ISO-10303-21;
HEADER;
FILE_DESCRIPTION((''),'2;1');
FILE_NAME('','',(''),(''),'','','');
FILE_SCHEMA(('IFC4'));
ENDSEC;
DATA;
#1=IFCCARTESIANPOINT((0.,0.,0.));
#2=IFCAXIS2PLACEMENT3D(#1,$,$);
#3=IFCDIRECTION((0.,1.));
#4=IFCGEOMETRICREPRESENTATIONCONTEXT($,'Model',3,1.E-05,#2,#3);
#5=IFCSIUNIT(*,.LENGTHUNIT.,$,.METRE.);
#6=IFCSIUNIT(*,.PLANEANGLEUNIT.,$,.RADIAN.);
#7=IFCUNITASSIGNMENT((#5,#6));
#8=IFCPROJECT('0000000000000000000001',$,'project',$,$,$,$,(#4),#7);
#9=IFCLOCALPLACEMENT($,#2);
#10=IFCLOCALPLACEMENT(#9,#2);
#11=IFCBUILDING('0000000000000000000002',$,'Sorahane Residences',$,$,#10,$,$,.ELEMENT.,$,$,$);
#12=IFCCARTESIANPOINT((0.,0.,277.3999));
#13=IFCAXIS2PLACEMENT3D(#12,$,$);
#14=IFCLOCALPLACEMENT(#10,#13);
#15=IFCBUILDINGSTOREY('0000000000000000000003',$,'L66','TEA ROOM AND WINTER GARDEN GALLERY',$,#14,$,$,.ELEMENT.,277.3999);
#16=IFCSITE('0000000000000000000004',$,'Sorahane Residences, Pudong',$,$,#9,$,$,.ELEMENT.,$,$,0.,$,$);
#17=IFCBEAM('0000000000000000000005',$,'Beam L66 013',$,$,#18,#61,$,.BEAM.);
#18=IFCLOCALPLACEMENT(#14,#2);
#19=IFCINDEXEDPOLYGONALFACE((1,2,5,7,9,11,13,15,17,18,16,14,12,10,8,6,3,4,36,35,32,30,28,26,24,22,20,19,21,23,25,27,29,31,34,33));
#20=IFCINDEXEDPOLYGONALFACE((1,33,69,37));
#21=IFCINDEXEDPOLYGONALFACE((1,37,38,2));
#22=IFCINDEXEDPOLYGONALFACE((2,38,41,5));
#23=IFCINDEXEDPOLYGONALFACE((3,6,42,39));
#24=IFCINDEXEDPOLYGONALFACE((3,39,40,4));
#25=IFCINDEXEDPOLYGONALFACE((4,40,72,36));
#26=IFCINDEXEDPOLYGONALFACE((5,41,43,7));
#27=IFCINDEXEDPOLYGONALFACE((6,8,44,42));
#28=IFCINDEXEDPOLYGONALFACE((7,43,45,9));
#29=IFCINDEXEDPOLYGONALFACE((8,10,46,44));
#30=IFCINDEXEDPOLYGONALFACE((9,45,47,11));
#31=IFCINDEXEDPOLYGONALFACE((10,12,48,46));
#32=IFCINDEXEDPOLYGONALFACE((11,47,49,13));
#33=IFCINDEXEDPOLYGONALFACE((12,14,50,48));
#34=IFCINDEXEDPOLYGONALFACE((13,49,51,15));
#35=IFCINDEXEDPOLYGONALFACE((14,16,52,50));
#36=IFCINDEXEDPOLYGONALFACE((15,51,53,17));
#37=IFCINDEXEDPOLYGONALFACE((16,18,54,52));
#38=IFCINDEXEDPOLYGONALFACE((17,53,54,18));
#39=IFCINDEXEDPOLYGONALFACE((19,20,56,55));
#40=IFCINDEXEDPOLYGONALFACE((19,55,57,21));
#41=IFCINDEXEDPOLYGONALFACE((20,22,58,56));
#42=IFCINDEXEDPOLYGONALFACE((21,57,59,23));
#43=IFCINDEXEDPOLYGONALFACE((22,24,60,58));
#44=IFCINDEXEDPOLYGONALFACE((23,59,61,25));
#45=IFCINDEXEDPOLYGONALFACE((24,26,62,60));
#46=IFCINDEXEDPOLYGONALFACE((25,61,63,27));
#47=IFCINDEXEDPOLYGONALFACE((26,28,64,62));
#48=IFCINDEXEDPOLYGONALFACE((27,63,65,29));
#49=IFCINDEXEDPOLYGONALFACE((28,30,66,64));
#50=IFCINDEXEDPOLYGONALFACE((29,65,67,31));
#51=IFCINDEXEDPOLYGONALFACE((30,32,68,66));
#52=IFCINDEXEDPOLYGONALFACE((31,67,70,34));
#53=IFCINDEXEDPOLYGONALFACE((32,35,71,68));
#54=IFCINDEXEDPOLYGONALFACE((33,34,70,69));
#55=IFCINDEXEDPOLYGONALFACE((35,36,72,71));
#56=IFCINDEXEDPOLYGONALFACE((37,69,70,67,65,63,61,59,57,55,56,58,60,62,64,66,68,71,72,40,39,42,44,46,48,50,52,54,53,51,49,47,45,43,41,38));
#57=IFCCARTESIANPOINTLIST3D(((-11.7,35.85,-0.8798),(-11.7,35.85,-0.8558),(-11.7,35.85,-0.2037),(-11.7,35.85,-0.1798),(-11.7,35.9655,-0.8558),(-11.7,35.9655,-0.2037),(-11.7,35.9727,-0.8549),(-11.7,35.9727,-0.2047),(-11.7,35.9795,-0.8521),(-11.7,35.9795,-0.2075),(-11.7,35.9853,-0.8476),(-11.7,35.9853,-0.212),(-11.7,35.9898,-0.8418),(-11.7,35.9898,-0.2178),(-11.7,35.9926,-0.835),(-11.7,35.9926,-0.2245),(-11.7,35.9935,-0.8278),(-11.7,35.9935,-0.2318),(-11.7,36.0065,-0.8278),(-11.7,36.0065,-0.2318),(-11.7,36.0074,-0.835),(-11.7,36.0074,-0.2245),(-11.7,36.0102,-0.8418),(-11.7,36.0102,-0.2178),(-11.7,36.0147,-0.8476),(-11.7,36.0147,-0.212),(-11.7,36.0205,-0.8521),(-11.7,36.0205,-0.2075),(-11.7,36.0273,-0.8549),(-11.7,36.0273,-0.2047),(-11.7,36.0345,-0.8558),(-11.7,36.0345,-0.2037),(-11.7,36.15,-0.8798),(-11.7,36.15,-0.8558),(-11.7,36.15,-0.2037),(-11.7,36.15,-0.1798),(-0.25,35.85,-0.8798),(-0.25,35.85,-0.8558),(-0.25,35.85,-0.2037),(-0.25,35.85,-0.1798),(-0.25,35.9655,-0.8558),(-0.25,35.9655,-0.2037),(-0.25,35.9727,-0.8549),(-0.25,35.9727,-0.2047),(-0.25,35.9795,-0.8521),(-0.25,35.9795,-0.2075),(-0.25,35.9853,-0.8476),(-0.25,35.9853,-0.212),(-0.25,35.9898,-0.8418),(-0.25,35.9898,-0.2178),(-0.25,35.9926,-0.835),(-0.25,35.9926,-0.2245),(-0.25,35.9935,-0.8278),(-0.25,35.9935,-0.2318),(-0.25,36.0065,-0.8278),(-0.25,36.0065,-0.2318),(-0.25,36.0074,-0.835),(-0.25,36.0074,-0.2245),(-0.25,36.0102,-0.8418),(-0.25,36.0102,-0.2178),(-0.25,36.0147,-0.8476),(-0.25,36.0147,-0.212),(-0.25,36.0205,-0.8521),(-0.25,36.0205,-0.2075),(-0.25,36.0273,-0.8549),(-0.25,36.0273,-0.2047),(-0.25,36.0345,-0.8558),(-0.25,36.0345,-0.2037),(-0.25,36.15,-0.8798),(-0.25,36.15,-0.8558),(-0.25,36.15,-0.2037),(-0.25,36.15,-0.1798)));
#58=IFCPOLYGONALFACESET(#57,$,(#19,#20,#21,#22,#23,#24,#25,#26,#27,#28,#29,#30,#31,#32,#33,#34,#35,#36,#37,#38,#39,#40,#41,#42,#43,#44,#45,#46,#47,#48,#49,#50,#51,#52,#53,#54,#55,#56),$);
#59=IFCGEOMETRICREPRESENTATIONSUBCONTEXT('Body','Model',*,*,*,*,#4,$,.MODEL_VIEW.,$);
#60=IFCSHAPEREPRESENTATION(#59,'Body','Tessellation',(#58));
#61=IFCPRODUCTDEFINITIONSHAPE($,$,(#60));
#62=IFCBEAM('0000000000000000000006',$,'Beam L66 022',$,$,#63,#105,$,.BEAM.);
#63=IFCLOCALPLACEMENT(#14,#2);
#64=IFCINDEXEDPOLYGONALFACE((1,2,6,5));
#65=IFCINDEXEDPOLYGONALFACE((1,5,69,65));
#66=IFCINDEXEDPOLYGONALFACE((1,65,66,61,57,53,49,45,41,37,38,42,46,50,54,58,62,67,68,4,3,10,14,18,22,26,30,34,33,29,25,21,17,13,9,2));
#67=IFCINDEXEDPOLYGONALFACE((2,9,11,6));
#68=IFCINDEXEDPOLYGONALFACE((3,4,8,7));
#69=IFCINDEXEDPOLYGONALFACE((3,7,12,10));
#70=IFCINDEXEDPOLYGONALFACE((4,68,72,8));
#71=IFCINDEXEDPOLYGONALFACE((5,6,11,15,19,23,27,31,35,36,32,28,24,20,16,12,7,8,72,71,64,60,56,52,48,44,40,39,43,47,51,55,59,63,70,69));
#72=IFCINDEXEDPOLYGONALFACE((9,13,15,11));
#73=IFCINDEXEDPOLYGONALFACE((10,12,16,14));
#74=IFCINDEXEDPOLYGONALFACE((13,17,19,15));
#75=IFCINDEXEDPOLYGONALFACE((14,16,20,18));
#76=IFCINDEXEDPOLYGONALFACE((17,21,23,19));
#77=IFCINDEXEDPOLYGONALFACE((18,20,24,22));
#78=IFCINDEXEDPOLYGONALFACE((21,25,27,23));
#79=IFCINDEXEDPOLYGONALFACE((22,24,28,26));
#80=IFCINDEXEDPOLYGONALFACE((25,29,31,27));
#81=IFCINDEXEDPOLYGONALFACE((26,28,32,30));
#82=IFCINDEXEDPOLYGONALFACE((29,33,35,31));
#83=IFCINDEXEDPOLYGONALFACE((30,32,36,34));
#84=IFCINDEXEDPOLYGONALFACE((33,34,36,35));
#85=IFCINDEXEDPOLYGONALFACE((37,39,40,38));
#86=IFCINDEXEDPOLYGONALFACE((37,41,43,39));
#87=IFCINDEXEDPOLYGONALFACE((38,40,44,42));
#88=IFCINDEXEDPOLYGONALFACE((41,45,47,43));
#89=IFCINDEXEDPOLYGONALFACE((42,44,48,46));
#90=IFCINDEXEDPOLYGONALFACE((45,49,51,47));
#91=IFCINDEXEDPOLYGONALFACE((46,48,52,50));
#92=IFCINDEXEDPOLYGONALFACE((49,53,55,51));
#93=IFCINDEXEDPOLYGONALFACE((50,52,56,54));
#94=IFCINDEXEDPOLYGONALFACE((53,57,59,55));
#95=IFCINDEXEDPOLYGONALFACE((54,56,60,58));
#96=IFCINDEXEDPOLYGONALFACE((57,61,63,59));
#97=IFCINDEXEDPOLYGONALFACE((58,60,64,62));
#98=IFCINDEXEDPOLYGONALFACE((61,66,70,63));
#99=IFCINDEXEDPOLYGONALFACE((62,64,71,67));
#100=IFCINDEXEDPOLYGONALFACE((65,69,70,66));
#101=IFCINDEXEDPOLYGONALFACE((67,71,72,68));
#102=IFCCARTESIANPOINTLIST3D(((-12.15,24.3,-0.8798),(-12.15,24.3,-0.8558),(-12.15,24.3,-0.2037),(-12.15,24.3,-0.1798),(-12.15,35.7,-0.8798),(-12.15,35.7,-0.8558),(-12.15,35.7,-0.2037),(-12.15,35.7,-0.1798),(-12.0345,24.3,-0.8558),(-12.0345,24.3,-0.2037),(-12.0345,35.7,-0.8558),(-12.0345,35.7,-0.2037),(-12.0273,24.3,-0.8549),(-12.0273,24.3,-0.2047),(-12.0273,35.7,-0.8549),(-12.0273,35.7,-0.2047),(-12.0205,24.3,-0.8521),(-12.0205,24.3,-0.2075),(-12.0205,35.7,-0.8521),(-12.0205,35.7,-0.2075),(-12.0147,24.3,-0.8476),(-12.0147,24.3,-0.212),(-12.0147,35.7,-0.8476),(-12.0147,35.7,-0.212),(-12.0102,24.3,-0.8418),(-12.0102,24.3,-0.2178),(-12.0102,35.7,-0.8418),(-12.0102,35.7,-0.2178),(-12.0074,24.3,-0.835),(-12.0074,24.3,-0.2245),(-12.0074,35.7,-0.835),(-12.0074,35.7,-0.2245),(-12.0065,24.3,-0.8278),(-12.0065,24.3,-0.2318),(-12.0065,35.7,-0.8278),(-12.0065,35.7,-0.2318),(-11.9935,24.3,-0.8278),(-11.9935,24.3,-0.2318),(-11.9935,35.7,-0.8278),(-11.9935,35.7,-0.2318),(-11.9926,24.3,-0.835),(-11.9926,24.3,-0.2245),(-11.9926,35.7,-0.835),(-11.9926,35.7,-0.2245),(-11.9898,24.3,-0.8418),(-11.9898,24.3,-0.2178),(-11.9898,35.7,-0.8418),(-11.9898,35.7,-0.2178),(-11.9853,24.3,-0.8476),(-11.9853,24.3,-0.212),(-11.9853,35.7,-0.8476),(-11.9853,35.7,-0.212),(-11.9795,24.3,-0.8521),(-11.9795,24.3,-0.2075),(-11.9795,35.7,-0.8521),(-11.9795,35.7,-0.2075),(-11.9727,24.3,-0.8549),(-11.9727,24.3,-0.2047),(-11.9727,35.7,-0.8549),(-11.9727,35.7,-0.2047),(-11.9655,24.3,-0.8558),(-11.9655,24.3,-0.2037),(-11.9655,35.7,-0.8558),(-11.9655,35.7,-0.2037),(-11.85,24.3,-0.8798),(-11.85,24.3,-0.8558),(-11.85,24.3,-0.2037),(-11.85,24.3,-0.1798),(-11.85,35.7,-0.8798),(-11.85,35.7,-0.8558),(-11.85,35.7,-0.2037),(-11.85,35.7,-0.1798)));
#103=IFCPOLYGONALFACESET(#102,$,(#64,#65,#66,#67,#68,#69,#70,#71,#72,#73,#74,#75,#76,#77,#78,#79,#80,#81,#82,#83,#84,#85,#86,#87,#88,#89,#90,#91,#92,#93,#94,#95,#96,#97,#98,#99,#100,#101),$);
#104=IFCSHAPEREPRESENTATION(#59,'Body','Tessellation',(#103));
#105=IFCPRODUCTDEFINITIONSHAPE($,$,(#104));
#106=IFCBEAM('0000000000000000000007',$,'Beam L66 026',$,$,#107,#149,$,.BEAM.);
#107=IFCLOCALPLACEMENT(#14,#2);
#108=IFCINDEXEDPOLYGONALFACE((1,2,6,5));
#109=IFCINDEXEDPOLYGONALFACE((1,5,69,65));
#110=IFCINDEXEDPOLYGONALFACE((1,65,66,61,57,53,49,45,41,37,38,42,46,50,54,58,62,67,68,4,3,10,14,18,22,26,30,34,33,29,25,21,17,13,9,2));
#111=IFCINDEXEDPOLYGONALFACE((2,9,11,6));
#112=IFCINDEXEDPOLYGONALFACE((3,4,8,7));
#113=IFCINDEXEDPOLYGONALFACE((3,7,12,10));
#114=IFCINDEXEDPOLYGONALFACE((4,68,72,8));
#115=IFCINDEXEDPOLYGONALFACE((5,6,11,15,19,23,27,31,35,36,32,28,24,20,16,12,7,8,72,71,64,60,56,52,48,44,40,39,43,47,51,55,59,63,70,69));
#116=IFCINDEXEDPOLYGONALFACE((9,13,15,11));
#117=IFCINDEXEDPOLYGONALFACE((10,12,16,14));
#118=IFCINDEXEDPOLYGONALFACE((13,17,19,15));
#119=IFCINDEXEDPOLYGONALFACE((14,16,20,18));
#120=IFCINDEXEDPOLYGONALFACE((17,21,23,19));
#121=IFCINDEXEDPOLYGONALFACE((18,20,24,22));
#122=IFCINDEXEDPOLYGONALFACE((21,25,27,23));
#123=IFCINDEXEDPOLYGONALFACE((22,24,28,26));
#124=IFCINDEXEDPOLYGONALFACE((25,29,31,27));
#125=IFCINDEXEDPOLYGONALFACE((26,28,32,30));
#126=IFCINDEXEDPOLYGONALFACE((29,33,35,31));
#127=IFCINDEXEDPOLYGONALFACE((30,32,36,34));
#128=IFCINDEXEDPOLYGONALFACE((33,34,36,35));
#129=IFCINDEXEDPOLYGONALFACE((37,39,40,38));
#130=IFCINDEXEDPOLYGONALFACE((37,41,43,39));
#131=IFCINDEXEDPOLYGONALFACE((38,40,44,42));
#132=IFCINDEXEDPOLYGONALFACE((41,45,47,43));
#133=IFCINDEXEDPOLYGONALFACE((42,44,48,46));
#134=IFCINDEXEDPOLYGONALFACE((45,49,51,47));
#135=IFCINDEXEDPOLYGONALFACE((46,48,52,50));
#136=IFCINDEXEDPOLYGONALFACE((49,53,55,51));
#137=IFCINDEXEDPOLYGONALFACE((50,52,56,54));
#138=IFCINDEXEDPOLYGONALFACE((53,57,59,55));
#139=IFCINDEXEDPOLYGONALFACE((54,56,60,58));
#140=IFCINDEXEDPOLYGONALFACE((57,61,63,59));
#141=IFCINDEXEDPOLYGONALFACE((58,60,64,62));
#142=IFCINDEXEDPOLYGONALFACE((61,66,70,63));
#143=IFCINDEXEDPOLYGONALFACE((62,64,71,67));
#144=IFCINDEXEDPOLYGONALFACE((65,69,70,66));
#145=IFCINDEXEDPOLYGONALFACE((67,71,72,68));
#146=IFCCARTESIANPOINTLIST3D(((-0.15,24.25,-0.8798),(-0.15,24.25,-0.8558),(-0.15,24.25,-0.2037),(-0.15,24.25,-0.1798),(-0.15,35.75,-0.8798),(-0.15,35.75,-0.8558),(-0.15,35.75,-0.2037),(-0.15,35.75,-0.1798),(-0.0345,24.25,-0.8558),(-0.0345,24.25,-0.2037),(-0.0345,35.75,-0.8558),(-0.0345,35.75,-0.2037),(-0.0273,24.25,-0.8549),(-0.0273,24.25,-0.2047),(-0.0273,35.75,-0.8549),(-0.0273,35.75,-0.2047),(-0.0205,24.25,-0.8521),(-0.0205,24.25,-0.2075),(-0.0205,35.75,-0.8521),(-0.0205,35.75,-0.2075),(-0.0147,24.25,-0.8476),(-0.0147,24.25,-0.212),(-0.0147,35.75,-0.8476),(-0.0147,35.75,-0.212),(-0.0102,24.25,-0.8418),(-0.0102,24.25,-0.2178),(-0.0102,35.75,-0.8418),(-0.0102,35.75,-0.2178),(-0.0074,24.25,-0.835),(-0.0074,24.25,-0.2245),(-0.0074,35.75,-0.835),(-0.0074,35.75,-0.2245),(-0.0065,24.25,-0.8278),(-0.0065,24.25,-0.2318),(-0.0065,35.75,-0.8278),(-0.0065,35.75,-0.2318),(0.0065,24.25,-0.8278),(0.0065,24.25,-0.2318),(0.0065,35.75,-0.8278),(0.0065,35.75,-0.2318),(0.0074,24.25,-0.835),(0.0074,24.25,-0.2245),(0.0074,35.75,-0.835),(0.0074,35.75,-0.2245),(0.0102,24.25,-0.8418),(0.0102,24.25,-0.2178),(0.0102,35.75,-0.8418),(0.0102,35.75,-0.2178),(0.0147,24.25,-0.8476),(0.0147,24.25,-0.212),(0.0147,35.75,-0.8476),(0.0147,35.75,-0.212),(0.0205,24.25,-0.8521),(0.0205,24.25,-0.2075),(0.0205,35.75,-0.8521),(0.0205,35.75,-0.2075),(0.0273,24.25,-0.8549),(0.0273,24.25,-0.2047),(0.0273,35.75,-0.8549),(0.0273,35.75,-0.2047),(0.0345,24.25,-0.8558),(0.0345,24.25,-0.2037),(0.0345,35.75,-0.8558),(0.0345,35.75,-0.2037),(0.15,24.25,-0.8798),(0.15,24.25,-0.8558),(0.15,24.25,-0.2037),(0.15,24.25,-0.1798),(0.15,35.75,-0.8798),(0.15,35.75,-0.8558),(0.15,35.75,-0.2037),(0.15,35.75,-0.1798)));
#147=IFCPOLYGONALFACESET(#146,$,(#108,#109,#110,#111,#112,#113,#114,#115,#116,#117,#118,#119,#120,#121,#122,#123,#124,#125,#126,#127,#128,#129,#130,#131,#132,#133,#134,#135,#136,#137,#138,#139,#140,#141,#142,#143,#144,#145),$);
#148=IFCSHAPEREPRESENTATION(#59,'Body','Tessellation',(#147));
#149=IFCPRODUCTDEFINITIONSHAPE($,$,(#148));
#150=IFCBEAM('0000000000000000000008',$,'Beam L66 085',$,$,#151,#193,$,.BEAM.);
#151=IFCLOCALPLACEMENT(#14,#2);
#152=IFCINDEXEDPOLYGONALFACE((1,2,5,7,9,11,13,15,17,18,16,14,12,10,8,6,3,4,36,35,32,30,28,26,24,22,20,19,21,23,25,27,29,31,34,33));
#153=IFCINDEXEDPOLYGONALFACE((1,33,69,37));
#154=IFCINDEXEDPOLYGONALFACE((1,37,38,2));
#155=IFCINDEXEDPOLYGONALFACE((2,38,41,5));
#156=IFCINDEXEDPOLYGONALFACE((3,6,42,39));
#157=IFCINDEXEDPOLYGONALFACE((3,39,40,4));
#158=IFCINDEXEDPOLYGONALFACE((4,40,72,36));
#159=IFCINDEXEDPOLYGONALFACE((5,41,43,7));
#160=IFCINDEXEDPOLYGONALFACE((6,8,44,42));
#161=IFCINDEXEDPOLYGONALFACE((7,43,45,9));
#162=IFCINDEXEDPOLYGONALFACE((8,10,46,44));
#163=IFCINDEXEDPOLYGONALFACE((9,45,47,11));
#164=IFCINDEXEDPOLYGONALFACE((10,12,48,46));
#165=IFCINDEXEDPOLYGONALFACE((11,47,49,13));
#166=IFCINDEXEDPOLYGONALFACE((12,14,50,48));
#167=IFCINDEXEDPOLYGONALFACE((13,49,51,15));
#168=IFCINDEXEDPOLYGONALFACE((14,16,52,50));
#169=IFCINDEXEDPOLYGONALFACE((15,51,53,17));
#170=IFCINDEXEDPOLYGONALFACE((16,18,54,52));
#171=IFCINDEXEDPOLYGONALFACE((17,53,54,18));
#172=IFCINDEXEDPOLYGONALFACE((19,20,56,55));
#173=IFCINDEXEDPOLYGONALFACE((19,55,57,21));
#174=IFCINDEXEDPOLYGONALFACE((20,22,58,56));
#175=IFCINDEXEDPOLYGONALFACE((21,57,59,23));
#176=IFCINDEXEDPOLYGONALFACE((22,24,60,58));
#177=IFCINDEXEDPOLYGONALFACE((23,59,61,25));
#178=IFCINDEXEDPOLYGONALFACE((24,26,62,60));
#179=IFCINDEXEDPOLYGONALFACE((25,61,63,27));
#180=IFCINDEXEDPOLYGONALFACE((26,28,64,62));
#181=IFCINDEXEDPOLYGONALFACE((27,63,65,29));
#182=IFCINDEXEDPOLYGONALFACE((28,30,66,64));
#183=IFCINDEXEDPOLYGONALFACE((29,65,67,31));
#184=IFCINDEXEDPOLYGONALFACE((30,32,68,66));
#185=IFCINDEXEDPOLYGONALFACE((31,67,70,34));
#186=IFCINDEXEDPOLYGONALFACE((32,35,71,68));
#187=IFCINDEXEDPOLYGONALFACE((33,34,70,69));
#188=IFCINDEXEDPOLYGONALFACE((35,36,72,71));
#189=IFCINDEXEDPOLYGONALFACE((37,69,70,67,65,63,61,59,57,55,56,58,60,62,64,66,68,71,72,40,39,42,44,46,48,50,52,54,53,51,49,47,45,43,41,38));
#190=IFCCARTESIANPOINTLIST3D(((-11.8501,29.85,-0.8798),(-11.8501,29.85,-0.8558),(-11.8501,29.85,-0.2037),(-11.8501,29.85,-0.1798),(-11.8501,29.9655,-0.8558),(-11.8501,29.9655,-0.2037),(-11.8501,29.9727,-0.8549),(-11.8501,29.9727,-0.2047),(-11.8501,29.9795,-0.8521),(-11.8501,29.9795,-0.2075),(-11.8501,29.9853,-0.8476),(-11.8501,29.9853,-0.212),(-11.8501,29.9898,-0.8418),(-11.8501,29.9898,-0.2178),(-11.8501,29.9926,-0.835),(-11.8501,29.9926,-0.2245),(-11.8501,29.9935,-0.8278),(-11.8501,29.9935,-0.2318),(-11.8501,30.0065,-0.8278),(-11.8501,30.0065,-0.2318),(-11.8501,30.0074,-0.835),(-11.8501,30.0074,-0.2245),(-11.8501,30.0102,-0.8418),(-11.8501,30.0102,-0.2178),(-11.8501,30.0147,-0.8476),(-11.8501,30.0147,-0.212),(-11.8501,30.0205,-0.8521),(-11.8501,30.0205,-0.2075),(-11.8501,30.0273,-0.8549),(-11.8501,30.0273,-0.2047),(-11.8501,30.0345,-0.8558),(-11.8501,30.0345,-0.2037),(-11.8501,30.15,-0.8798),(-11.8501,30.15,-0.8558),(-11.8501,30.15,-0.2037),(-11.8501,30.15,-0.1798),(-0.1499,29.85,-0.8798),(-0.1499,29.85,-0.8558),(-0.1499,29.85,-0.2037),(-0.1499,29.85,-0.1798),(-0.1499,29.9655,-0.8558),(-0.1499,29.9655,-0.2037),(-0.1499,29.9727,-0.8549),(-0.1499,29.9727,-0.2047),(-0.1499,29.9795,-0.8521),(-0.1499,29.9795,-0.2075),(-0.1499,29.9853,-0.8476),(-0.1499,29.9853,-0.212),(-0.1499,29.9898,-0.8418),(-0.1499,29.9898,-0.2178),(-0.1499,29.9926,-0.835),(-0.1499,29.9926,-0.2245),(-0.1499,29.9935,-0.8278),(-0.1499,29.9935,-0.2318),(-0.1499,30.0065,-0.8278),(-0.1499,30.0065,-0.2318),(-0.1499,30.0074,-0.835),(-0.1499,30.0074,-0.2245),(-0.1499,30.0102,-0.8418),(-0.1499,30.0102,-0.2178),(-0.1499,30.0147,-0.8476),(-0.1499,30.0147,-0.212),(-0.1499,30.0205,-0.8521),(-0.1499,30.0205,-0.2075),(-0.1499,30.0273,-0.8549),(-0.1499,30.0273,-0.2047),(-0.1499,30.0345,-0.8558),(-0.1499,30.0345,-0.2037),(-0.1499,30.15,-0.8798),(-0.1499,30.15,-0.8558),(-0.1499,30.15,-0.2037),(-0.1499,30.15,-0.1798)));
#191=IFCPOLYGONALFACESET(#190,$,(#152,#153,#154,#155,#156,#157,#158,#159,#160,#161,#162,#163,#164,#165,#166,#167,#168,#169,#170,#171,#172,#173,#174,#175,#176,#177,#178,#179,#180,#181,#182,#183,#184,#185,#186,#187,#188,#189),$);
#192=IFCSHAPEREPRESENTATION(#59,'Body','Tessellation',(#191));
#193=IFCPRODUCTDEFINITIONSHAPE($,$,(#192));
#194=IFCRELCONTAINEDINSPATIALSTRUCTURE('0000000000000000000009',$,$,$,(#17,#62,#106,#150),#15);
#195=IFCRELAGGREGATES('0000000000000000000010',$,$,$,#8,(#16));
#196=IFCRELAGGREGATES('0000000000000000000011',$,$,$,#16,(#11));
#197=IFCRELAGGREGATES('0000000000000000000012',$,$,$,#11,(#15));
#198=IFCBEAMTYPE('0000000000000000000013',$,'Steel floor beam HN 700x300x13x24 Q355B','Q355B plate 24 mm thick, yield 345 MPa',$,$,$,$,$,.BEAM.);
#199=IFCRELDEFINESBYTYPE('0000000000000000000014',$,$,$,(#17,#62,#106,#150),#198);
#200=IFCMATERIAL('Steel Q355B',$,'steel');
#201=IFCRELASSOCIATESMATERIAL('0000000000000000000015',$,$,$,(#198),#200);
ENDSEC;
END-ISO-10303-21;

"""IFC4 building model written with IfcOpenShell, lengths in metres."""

from ifc_helpers import new_model, si_unit, direction, frame, origin, origin_2d, place, context, subcontext, project, spatial, i_section, extrude, material, material_profile, profile_set, type_object, element, save


model = new_model("IFC4")

# Units and contexts
model_context = context("Model", 3, precision=1e-05, world=origin(), true_north=direction((0.0, 1.0)))
body_context = subcontext(model_context, "Body", "Model", "MODEL_VIEW")
ifc_project = project(units=[si_unit("LENGTHUNIT", "METRE"), si_unit("PLANEANGLEUNIT", "RADIAN")], contexts=[model_context])

# Site, building, storey
site_placement = place(None, origin())
site = spatial("IfcSite", under=ifc_project, at=site_placement, Name="Sorahane Residences, Pudong", CompositionType="ELEMENT", RefElevation=0.0)
building_placement = place(site_placement, origin())
building = spatial("IfcBuilding", under=site, at=building_placement, Name="Sorahane Residences", CompositionType="ELEMENT")
storey_placement = place(building_placement, frame((0.0, 0.0, 277.3999)))
storey = spatial("IfcBuildingStorey", under=building, at=storey_placement, Name="L66", Description="TEA ROOM AND WINTER GARDEN GALLERY", CompositionType="ELEMENT", Elevation=277.3999)

# Beams
ifc_material_1 = material(Name="Steel Q355B", Category="steel")
ifc_material_profile_1 = material_profile(ifc_material_1, i_section(OverallWidth=0.3, OverallDepth=0.7, WebThickness=0.0129, FlangeThickness=0.0239, FilletRadius=0.0281, at=origin_2d()), Name="HN 700x300x13x24")
ifc_profile_set_1 = profile_set([ifc_material_profile_1], Name="Steel Q355B")
beam_type_1 = type_object("IfcBeamType", Name="Steel floor beam HN 700x300x13x24 Q355B", Description="Q355B plate 24 mm thick, yield 345 MPa", PredefinedType="BEAM", material=ifc_profile_set_1)
for number, where, z_axis, x_axis, name in (
    (1, (-11.7, 36.0, -0.5298), (1.0, 0.0, 0.0), (0.0, 1.0, 0.0), "Beam L66 013"),
):
    element("IfcBeam", number, at=place(storey_placement, frame(where, z_axis=z_axis, x_axis=x_axis)), inside=storey, type_object=beam_type_1, Name=name, PredefinedType="BEAM", context=body_context, shape_type="SweptSolid", body=[
        extrude(i_section(OverallWidth=0.3, OverallDepth=0.7, WebThickness=0.0129, FlangeThickness=0.0239, FilletRadius=0.0281, at=origin_2d()), origin(), (0.0, 0.0, 1.0), 11.45),
    ])
beam_1_placement = place(storey_placement, frame((-12.0, 24.3, -0.5298), z_axis=(0.0, 1.0, 0.0), x_axis=(-1.0, 0.0, 0.0)))
element("IfcBeam", 2, at=beam_1_placement, inside=storey, type_object=beam_type_1, Name="Beam L66 022", PredefinedType="BEAM", context=body_context, shape_type="SweptSolid", body=[
    extrude(i_section(OverallWidth=0.3, OverallDepth=0.7, WebThickness=0.0129, FlangeThickness=0.0239, FilletRadius=0.0281, at=origin_2d()), origin(), (0.0, 0.0, 1.0), 11.3999),
])
beam_2_placement = place(storey_placement, frame((0.0, 24.25, -0.5298), z_axis=(0.0, 1.0, 0.0), x_axis=(-1.0, 0.0, 0.0)))
element("IfcBeam", 3, at=beam_2_placement, inside=storey, type_object=beam_type_1, Name="Beam L66 026", PredefinedType="BEAM", context=body_context, shape_type="SweptSolid", body=[
    extrude(i_section(OverallWidth=0.3, OverallDepth=0.7, WebThickness=0.0129, FlangeThickness=0.0239, FilletRadius=0.0281, at=origin_2d()), origin(), (0.0, 0.0, 1.0), 11.5),
])
beam_3_placement = place(storey_placement, frame((-11.8501, 30.0, -0.5298), z_axis=(1.0, 0.0, 0.0), x_axis=(0.0, 1.0, 0.0)))
element("IfcBeam", 4, at=beam_3_placement, inside=storey, type_object=beam_type_1, Name="Beam L66 085", PredefinedType="BEAM", context=body_context, shape_type="SweptSolid", body=[
    extrude(i_section(OverallWidth=0.3, OverallDepth=0.7, WebThickness=0.0129, FlangeThickness=0.0239, FilletRadius=0.0281, at=origin_2d()), origin(), (0.0, 0.0, 1.0), 11.7002),
])

save(model, "model.ifc")
